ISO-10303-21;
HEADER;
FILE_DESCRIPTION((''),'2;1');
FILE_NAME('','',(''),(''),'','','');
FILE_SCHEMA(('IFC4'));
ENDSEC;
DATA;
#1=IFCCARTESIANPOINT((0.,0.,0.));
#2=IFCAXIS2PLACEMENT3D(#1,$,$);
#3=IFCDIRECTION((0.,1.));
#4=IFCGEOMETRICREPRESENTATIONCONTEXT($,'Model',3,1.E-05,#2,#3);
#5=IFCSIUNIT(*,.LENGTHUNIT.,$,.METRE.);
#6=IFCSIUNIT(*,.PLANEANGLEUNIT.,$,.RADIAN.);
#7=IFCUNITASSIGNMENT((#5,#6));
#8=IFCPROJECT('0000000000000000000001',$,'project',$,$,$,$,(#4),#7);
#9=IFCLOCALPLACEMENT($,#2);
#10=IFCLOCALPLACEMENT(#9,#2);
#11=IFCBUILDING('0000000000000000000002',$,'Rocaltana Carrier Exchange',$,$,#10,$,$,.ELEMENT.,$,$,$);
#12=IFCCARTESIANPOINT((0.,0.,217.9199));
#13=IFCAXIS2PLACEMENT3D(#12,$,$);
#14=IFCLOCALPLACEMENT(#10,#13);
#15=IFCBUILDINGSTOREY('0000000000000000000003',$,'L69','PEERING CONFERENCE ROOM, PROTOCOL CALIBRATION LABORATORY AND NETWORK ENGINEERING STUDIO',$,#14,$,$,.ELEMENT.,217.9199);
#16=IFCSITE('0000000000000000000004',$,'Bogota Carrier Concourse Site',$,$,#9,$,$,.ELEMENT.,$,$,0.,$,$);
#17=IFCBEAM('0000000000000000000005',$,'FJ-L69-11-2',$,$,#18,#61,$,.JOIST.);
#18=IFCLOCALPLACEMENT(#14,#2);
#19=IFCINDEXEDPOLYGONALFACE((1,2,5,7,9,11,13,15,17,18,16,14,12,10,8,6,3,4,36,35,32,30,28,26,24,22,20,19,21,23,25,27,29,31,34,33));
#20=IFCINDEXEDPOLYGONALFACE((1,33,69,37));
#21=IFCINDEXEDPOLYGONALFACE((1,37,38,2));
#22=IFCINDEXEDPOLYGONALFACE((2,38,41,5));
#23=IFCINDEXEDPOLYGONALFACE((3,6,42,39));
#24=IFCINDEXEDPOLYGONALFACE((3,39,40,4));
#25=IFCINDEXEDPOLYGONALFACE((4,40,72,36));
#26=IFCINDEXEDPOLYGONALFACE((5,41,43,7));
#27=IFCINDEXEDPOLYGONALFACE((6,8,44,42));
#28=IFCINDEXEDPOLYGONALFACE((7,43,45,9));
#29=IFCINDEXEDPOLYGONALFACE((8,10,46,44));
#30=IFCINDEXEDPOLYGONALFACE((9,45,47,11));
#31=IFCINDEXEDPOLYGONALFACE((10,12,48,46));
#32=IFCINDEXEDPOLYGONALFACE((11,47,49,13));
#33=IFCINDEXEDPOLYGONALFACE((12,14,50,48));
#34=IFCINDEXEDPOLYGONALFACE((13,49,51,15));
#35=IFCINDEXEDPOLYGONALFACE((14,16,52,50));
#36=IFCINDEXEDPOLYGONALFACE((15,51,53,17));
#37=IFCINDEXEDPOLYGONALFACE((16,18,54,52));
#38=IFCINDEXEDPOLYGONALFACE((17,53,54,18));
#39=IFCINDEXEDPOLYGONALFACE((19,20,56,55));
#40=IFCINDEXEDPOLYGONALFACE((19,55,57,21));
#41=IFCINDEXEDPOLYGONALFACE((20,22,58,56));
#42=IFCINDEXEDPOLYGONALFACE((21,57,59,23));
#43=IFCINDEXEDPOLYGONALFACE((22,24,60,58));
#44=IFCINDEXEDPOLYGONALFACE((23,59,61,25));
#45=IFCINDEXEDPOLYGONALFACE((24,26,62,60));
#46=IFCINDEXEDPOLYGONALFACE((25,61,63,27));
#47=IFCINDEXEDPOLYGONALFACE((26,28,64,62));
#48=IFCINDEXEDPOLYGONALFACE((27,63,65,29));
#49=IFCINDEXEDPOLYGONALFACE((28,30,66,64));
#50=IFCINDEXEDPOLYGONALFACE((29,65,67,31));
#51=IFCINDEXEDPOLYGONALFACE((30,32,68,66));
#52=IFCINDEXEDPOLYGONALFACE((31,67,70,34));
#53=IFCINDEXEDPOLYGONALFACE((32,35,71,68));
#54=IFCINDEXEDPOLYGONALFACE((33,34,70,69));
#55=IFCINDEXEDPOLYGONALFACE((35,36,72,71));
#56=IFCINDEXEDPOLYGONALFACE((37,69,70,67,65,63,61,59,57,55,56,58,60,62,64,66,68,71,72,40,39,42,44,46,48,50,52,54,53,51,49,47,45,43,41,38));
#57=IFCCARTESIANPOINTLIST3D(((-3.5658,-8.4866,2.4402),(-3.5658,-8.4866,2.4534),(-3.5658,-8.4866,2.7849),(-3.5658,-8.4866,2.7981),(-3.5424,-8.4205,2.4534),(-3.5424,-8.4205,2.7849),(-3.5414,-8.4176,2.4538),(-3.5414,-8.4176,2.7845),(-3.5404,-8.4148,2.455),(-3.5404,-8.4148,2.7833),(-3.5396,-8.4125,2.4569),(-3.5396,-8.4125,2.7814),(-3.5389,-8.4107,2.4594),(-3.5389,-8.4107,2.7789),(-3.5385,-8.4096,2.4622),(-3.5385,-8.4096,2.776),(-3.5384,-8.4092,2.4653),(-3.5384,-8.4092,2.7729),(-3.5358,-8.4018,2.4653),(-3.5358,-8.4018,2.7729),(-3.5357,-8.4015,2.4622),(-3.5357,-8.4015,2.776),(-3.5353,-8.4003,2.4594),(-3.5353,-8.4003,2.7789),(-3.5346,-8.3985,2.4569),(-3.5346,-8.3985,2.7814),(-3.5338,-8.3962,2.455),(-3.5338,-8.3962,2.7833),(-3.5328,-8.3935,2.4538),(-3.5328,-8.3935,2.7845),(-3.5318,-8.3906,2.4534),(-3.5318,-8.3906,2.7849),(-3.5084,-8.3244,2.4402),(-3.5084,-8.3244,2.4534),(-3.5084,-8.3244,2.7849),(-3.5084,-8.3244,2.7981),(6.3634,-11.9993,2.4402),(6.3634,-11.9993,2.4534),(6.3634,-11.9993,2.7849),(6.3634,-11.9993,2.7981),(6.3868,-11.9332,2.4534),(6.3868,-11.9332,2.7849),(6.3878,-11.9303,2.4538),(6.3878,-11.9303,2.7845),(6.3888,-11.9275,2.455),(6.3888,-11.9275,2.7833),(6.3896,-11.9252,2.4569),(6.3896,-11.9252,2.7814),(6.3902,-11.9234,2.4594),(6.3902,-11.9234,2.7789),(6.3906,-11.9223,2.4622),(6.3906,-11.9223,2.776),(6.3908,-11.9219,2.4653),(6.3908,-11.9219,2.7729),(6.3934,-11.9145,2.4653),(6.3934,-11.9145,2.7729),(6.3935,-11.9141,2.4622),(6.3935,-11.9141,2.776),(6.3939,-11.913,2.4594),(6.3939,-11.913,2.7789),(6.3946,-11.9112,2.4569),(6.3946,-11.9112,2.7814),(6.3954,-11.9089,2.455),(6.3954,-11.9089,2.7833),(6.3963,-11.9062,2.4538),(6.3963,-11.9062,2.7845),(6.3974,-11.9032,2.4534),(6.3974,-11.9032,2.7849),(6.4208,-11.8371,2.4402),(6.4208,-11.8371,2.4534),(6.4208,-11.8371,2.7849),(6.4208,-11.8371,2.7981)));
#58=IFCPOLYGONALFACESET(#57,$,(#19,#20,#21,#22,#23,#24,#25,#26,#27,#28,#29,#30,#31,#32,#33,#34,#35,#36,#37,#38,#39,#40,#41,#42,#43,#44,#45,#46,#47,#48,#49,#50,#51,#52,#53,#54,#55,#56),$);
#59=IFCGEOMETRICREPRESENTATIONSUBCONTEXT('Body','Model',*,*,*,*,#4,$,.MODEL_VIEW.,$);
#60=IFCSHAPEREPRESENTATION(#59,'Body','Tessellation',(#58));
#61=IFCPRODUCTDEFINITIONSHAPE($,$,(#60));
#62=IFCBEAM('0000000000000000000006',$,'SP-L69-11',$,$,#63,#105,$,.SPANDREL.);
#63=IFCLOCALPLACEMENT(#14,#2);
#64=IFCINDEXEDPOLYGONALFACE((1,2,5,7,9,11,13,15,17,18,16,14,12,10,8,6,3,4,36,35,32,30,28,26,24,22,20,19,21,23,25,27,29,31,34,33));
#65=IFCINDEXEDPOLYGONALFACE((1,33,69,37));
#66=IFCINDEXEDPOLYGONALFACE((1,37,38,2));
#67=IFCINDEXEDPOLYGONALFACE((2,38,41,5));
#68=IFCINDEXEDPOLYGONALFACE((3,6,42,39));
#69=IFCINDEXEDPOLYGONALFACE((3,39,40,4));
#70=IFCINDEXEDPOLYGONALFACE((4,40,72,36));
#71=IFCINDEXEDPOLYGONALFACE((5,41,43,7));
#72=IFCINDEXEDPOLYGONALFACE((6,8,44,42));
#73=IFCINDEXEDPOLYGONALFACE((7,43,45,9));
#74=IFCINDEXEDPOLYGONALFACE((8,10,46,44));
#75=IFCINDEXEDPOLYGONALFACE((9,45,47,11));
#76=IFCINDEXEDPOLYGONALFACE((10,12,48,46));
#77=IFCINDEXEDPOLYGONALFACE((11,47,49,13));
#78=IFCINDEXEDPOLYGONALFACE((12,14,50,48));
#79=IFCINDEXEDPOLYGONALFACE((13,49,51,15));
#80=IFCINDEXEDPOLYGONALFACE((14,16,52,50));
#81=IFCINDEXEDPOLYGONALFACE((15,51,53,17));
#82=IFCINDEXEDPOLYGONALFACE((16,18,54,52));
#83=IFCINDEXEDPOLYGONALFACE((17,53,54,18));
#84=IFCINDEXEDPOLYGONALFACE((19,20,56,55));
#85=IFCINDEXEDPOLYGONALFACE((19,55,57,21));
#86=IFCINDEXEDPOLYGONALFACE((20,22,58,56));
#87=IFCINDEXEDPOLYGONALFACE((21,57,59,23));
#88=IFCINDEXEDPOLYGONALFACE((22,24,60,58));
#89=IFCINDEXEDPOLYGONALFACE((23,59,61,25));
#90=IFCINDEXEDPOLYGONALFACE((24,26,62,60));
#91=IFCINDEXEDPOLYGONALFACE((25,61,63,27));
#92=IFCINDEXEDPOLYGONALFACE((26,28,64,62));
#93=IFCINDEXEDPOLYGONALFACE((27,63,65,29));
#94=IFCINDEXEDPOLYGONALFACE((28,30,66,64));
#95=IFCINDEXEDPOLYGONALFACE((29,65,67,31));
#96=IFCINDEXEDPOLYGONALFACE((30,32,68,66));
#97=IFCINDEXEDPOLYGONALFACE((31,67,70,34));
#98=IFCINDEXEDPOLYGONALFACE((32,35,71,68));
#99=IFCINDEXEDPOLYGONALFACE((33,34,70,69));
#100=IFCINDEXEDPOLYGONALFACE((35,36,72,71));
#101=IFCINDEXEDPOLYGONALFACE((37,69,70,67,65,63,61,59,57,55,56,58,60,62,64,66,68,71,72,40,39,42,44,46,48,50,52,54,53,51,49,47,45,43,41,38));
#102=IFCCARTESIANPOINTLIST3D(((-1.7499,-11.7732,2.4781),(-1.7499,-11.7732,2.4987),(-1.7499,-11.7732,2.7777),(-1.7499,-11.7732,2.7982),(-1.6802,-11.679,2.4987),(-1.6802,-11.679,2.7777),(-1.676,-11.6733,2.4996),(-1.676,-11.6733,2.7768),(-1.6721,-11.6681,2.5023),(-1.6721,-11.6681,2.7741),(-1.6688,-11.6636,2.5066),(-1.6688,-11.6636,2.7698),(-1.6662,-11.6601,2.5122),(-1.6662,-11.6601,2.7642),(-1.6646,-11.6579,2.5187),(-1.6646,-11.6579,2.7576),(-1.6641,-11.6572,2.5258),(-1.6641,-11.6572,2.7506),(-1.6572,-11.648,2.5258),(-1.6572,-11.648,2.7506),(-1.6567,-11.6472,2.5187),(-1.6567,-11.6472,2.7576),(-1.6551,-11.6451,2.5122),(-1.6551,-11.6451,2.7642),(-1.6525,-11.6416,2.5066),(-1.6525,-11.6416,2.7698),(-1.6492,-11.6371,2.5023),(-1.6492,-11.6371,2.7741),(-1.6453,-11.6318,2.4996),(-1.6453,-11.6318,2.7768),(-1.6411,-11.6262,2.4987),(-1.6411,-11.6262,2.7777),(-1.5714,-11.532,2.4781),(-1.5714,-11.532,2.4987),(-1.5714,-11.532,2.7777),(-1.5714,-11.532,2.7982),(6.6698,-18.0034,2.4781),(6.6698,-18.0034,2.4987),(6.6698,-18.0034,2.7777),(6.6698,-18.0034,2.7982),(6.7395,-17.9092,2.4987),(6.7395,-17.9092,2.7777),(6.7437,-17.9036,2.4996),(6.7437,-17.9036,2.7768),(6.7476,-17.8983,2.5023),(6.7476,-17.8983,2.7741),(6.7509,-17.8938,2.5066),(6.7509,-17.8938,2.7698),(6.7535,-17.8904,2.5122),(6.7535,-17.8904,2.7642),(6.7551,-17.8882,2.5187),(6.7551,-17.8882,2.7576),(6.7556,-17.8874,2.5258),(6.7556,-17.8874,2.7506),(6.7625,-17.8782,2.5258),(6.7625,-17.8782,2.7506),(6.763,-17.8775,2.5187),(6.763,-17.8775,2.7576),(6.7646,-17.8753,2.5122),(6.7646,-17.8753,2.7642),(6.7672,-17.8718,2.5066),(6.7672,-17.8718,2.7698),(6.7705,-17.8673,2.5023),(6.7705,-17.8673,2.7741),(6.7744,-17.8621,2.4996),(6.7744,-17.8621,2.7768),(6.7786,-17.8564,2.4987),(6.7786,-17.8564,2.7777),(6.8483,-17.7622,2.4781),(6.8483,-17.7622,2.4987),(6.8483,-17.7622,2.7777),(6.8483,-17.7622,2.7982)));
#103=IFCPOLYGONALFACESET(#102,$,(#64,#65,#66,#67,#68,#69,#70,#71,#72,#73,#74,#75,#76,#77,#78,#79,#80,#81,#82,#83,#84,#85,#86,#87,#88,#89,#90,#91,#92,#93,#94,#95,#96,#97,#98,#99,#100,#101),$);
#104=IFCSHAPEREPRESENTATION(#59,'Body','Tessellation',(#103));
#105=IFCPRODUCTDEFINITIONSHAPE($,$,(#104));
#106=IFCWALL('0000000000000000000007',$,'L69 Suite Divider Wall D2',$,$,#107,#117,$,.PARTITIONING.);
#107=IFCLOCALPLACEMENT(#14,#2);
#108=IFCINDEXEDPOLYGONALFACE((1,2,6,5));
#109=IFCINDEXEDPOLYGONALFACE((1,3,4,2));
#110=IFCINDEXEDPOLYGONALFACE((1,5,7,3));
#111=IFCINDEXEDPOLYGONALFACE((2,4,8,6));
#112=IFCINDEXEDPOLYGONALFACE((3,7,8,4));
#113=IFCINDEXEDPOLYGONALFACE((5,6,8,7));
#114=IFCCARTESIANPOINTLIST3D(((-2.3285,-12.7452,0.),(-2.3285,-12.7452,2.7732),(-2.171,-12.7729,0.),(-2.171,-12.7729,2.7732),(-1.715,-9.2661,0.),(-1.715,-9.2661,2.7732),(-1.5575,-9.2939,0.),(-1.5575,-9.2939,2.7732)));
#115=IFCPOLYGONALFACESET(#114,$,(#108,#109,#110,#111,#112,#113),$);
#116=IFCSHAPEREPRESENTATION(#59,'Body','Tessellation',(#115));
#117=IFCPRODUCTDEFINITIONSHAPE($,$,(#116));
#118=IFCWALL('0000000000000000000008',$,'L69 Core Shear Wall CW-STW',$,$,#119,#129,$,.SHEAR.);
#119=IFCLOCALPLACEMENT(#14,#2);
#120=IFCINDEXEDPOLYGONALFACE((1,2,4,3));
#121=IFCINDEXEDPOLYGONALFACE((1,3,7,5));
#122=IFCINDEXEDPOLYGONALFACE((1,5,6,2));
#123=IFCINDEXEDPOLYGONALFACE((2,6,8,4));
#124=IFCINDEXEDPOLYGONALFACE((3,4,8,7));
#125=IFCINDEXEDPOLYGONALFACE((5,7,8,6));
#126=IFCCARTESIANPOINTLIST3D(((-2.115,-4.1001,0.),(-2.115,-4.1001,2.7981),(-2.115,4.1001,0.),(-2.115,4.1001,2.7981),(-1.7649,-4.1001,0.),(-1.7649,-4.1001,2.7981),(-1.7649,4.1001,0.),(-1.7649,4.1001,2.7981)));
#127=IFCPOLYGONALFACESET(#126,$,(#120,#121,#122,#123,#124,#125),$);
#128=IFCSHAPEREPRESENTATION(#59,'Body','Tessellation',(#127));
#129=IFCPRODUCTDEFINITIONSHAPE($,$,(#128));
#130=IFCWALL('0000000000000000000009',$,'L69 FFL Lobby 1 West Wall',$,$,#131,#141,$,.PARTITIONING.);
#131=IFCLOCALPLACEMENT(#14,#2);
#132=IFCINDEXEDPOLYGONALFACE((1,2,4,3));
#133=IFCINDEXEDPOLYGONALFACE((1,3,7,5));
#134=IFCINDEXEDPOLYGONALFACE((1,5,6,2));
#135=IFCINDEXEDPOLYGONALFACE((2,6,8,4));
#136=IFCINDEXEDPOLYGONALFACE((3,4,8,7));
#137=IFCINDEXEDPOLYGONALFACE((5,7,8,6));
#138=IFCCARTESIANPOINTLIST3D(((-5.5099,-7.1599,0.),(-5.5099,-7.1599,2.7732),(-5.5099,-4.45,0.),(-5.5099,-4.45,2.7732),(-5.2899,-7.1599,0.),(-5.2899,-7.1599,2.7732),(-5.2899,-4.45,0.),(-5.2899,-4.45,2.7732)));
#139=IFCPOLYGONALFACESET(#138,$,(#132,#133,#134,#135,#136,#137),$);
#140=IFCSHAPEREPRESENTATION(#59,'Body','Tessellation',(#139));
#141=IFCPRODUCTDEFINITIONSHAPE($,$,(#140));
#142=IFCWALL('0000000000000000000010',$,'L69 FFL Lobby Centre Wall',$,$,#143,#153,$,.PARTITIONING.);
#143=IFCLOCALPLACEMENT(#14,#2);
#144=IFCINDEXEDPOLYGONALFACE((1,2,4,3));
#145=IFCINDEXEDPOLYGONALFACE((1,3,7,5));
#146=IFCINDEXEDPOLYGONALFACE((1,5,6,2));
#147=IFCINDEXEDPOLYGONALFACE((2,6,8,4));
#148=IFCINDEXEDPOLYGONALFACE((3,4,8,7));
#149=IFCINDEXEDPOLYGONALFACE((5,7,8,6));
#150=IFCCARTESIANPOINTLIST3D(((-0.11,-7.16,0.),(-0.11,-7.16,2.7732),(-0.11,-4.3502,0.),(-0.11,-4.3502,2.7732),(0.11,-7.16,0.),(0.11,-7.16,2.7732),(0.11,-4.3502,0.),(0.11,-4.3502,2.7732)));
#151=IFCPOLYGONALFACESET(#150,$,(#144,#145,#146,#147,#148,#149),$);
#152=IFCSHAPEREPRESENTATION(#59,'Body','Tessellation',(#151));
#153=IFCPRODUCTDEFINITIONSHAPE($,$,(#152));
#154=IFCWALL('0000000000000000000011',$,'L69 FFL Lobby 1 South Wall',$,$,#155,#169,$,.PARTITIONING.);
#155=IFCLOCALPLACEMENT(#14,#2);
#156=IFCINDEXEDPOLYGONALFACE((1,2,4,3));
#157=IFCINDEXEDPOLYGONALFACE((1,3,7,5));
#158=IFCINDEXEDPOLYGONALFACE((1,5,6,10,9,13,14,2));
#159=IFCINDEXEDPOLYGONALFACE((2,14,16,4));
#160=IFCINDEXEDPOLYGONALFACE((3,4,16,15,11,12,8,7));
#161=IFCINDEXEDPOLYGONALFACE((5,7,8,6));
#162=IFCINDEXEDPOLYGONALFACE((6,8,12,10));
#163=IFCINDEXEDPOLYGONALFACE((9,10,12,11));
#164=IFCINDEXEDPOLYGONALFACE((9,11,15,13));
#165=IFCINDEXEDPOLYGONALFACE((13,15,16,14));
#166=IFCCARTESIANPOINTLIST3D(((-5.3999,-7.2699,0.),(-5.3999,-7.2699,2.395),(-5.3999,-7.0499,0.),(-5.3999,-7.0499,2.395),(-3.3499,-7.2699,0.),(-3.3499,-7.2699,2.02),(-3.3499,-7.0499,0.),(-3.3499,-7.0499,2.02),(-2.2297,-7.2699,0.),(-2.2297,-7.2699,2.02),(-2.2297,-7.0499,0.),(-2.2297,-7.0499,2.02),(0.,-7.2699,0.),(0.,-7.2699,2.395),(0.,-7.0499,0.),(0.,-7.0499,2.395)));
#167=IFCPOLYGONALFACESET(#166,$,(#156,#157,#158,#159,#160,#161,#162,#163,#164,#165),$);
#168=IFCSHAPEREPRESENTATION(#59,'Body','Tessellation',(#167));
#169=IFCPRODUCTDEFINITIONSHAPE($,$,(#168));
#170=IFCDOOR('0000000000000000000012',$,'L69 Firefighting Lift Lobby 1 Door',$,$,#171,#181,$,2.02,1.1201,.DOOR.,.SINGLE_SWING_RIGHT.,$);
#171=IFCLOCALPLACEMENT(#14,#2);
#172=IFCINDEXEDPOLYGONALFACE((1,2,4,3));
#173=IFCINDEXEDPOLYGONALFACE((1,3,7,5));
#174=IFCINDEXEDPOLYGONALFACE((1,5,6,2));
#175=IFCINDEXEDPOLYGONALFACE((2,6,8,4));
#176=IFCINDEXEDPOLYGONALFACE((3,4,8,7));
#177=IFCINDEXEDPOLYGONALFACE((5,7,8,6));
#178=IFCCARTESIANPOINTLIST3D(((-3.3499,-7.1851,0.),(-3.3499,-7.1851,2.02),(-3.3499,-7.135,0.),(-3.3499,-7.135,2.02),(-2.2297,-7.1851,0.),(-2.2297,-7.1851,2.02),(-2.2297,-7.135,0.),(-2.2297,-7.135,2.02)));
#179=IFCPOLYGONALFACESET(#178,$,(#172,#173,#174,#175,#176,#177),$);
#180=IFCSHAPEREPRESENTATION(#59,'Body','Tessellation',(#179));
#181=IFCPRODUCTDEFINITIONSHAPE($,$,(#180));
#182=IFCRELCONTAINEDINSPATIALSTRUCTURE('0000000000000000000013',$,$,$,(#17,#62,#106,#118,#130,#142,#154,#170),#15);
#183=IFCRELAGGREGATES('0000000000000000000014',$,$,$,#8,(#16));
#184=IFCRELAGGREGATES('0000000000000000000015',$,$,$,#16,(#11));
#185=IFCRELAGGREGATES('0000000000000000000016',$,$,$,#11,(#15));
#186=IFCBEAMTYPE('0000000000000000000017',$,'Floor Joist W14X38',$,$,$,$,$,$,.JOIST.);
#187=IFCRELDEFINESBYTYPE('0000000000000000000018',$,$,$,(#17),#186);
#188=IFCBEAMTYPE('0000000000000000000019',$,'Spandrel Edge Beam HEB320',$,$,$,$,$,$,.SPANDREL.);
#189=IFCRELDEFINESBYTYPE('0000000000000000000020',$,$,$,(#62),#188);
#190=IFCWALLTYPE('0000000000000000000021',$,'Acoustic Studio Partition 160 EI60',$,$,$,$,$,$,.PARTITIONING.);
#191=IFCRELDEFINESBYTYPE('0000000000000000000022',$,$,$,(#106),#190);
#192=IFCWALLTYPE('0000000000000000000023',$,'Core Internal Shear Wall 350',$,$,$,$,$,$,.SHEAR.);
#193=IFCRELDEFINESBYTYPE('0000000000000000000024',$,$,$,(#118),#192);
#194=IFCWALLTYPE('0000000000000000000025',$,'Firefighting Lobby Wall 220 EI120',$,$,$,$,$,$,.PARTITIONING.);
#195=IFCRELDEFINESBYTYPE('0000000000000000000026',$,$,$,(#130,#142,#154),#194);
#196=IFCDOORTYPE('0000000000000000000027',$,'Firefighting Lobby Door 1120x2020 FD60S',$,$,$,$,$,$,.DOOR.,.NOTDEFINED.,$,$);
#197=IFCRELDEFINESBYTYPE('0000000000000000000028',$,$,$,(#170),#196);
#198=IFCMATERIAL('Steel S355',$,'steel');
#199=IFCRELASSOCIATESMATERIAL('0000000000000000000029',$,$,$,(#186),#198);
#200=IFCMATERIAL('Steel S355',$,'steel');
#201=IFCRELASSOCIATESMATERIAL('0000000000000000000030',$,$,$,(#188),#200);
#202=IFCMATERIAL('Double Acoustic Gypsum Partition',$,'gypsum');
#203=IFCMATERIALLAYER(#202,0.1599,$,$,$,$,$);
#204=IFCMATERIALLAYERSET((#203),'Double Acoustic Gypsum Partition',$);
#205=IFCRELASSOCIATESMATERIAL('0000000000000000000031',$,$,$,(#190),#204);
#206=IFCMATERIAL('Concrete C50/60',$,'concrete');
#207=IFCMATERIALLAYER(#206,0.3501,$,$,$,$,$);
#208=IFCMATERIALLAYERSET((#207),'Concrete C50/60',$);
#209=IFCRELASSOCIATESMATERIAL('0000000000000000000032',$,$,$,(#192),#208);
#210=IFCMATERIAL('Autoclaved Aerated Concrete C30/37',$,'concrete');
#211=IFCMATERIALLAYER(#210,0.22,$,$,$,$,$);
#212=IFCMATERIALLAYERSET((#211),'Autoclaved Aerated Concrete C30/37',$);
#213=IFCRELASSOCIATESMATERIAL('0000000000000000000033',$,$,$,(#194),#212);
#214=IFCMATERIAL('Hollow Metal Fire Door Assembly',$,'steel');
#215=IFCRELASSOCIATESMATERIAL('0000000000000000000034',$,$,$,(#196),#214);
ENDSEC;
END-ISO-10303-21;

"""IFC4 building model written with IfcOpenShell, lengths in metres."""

from ifc_helpers import new_model, si_unit, direction, frame, frame_2d, origin, origin_2d, place, context, subcontext, project, spatial, rectangle, i_section, extrude, material, layer, layer_set, material_profile, profile_set, type_object, element, fill, save


model = new_model("IFC4")

# Units and contexts
model_context = context("Model", 3, precision=1e-05, world=origin(), true_north=direction((0.0, 1.0)))
body_context = subcontext(model_context, "Body", "Model", "MODEL_VIEW")
ifc_project = project(units=[si_unit("LENGTHUNIT", "METRE"), si_unit("PLANEANGLEUNIT", "RADIAN")], contexts=[model_context])

# Site, building, storey
site_placement = place(None, origin())
site = spatial("IfcSite", under=ifc_project, at=site_placement, Name="Bogota Carrier Concourse Site", CompositionType="ELEMENT", RefElevation=0.0)
building_placement = place(site_placement, origin())
building = spatial("IfcBuilding", under=site, at=building_placement, Name="Rocaltana Carrier Exchange", CompositionType="ELEMENT")
storey_placement = place(building_placement, frame((0.0, 0.0, 217.9199)))
storey = spatial("IfcBuildingStorey", under=building, at=storey_placement, Name="L69", Description="PEERING CONFERENCE ROOM, PROTOCOL CALIBRATION LABORATORY AND NETWORK ENGINEERING STUDIO", CompositionType="ELEMENT", Elevation=217.9199)

# Beams
ifc_material_1 = material(Name="Steel S355", Category="steel")
ifc_material_profile_1 = material_profile(ifc_material_1, i_section(OverallWidth=0.1721, OverallDepth=0.3579, WebThickness=0.0078, FlangeThickness=0.0132, FilletRadius=0.012, at=origin_2d()), Name="W14X38")
ifc_profile_set_1 = profile_set([ifc_material_profile_1], Name="Steel S355")
beam_type_1 = type_object("IfcBeamType", Name="Floor Joist W14X38", PredefinedType="JOIST", material=ifc_profile_set_1)
beam_1_placement = place(storey_placement, frame((-3.5371, -8.4055, 2.6191), z_axis=(0.942744, -0.333518, 0.0), x_axis=(0.333518, 0.942744, 0.0)))
element("IfcBeam", 1, at=beam_1_placement, inside=storey, type_object=beam_type_1, Name="FJ-L69-11-2", PredefinedType="JOIST", context=body_context, shape_type="SweptSolid", body=[
    extrude(i_section(OverallWidth=0.1721, OverallDepth=0.3579, WebThickness=0.0078, FlangeThickness=0.0132, FilletRadius=0.012, at=origin_2d()), origin(), (0.0, 0.0, 1.0), 10.5322),
])
ifc_material_2 = material(Name="Steel S355", Category="steel")
ifc_material_profile_2 = material_profile(ifc_material_2, i_section(OverallWidth=0.3, OverallDepth=0.3201, WebThickness=0.0115, FlangeThickness=0.0205, FilletRadius=0.0271, at=origin_2d()), Name="HEB320")
ifc_profile_set_2 = profile_set([ifc_material_profile_2], Name="Steel S355")
beam_type_2 = type_object("IfcBeamType", Name="Spandrel Edge Beam HEB320", PredefinedType="SPANDREL", material=ifc_profile_set_2)
beam_2_placement = place(storey_placement, frame((-1.6606, -11.6526, 2.6382), z_axis=(0.803857, -0.594822, 0.0), x_axis=(0.594822, 0.803857, 0.0)))
element("IfcBeam", 2, at=beam_2_placement, inside=storey, type_object=beam_type_2, Name="SP-L69-11", PredefinedType="SPANDREL", context=body_context, shape_type="SweptSolid", body=[
    extrude(i_section(OverallWidth=0.3, OverallDepth=0.3201, WebThickness=0.0115, FlangeThickness=0.0205, FilletRadius=0.0271, at=origin_2d()), origin(), (0.0, 0.0, 1.0), 10.4741),
])

# Walls
ifc_material_3 = material(Name="Double Acoustic Gypsum Partition", Category="gypsum")
ifc_layer_1 = layer(ifc_material_3, 0.1599)
ifc_layer_set_1 = layer_set([ifc_layer_1], Name="Double Acoustic Gypsum Partition")
wall_type_1 = type_object("IfcWallType", Name="Acoustic Studio Partition 160 EI60", PredefinedType="PARTITIONING", material=ifc_layer_set_1)
wall_1_placement = place(storey_placement, frame((-1.6362, -9.28, 0.0), z_axis=(0.0, 0.0, 1.0), x_axis=(-0.173671, -0.984804, 0.0)))
element("IfcWall", 3, at=wall_1_placement, inside=storey, type_object=wall_type_1, Name="L69 Suite Divider Wall D2", PredefinedType="PARTITIONING", context=body_context, shape_type="SweptSolid", body=[
    extrude(rectangle(XDim=3.5327, YDim=0.1599, at=frame_2d((1.7664, 0.0))), origin(), (0.0, 0.0, 1.0), 2.7732),
])
ifc_material_4 = material(Name="Concrete C50/60", Category="concrete")
ifc_layer_2 = layer(ifc_material_4, 0.3501)
ifc_layer_set_2 = layer_set([ifc_layer_2], Name="Concrete C50/60")
wall_type_2 = type_object("IfcWallType", Name="Core Internal Shear Wall 350", PredefinedType="SHEAR", material=ifc_layer_set_2)
wall_2_placement = place(storey_placement, frame((-1.9399, -4.1001, 0.0), z_axis=(0.0, 0.0, 1.0), x_axis=(0.0, 1.0, 0.0)))
element("IfcWall", 4, at=wall_2_placement, inside=storey, type_object=wall_type_2, Name="L69 Core Shear Wall CW-STW", PredefinedType="SHEAR", context=body_context, shape_type="SweptSolid", body=[
    extrude(rectangle(XDim=8.2002, YDim=0.3501, at=frame_2d((4.1001, 0.0))), origin(), (0.0, 0.0, 1.0), 2.7981),
])
ifc_material_5 = material(Name="Autoclaved Aerated Concrete C30/37", Category="concrete")
ifc_layer_3 = layer(ifc_material_5, 0.22)
ifc_layer_set_3 = layer_set([ifc_layer_3], Name="Autoclaved Aerated Concrete C30/37")
wall_type_3 = type_object("IfcWallType", Name="Firefighting Lobby Wall 220 EI120", PredefinedType="PARTITIONING", material=ifc_layer_set_3)
wall_3_placement = place(storey_placement, frame((-5.3999, -7.1599, 0.0), z_axis=(0.0, 0.0, 1.0), x_axis=(0.0, 1.0, 0.0)))
element("IfcWall", 5, at=wall_3_placement, inside=storey, type_object=wall_type_3, Name="L69 FFL Lobby 1 West Wall", PredefinedType="PARTITIONING", context=body_context, shape_type="SweptSolid", body=[
    extrude(rectangle(XDim=2.71, YDim=0.22, at=frame_2d((1.355, 0.0))), origin(), (0.0, 0.0, 1.0), 2.7732),
])
wall_4_placement = place(storey_placement, frame((0.0, -7.1599, 0.0), z_axis=(0.0, 0.0, 1.0), x_axis=(0.0, 1.0, 0.0)))
element("IfcWall", 6, at=wall_4_placement, inside=storey, type_object=wall_type_3, Name="L69 FFL Lobby Centre Wall", PredefinedType="PARTITIONING", context=body_context, shape_type="SweptSolid", body=[
    extrude(rectangle(XDim=2.8098, YDim=0.22, at=frame_2d((1.4048, 0.0))), origin(), (0.0, 0.0, 1.0), 2.7732),
])

# Wall, opening, door
wall_5_placement = place(storey_placement, frame((-5.3999, -7.1599, 0.0), z_axis=(0.0, 0.0, 1.0), x_axis=(1.0, 0.0, 0.0)))
wall_5 = element("IfcWall", 7, at=wall_5_placement, inside=storey, type_object=wall_type_3, Name="L69 FFL Lobby 1 South Wall", PredefinedType="PARTITIONING", context=body_context, shape_type="SweptSolid", body=[
    extrude(rectangle(XDim=5.3999, YDim=0.22, at=frame_2d((2.7, 0.0))), origin(), (0.0, 0.0, 1.0), 2.395),
])
opening_1_placement = place(wall_5_placement, frame((2.05, 0.0, 0.0)))
opening_1 = element("IfcOpeningElement", 8, at=opening_1_placement, cuts=wall_5, PredefinedType="OPENING", context=body_context, shape_type="SweptSolid", body=[
    extrude(rectangle(XDim=1.1201, YDim=2.02, at=frame_2d((0.5601, 1.01))), frame((0.0, 0.1199, 0.0), z_axis=(0.0, -1.0, 0.0), x_axis=(1.0, 0.0, 0.0)), (0.0, 0.0, 1.0), 0.24),
])
ifc_material_6 = material(Name="Hollow Metal Fire Door Assembly", Category="steel")
door_type = type_object("IfcDoorType", Name="Firefighting Lobby Door 1120x2020 FD60S", OperationType="NOTDEFINED", PredefinedType="DOOR", material=ifc_material_6)
door_1_placement = place(opening_1_placement, origin())
door_1 = element("IfcDoor", 9, at=door_1_placement, inside=storey, type_object=door_type, Name="L69 Firefighting Lift Lobby 1 Door", OperationType="SINGLE_SWING_RIGHT", OverallHeight=2.02, OverallWidth=1.1201, PredefinedType="DOOR", context=body_context, shape_type="SweptSolid", body=[
    extrude(rectangle(XDim=1.1201, YDim=2.02, at=frame_2d((0.5601, 1.01))), frame((0.0, 0.0249, 0.0), z_axis=(0.0, -1.0, 0.0), x_axis=(1.0, 0.0, 0.0)), (0.0, 0.0, 1.0), 0.05),
])
fill(opening_1, door_1)

save(model, "model.ifc")
